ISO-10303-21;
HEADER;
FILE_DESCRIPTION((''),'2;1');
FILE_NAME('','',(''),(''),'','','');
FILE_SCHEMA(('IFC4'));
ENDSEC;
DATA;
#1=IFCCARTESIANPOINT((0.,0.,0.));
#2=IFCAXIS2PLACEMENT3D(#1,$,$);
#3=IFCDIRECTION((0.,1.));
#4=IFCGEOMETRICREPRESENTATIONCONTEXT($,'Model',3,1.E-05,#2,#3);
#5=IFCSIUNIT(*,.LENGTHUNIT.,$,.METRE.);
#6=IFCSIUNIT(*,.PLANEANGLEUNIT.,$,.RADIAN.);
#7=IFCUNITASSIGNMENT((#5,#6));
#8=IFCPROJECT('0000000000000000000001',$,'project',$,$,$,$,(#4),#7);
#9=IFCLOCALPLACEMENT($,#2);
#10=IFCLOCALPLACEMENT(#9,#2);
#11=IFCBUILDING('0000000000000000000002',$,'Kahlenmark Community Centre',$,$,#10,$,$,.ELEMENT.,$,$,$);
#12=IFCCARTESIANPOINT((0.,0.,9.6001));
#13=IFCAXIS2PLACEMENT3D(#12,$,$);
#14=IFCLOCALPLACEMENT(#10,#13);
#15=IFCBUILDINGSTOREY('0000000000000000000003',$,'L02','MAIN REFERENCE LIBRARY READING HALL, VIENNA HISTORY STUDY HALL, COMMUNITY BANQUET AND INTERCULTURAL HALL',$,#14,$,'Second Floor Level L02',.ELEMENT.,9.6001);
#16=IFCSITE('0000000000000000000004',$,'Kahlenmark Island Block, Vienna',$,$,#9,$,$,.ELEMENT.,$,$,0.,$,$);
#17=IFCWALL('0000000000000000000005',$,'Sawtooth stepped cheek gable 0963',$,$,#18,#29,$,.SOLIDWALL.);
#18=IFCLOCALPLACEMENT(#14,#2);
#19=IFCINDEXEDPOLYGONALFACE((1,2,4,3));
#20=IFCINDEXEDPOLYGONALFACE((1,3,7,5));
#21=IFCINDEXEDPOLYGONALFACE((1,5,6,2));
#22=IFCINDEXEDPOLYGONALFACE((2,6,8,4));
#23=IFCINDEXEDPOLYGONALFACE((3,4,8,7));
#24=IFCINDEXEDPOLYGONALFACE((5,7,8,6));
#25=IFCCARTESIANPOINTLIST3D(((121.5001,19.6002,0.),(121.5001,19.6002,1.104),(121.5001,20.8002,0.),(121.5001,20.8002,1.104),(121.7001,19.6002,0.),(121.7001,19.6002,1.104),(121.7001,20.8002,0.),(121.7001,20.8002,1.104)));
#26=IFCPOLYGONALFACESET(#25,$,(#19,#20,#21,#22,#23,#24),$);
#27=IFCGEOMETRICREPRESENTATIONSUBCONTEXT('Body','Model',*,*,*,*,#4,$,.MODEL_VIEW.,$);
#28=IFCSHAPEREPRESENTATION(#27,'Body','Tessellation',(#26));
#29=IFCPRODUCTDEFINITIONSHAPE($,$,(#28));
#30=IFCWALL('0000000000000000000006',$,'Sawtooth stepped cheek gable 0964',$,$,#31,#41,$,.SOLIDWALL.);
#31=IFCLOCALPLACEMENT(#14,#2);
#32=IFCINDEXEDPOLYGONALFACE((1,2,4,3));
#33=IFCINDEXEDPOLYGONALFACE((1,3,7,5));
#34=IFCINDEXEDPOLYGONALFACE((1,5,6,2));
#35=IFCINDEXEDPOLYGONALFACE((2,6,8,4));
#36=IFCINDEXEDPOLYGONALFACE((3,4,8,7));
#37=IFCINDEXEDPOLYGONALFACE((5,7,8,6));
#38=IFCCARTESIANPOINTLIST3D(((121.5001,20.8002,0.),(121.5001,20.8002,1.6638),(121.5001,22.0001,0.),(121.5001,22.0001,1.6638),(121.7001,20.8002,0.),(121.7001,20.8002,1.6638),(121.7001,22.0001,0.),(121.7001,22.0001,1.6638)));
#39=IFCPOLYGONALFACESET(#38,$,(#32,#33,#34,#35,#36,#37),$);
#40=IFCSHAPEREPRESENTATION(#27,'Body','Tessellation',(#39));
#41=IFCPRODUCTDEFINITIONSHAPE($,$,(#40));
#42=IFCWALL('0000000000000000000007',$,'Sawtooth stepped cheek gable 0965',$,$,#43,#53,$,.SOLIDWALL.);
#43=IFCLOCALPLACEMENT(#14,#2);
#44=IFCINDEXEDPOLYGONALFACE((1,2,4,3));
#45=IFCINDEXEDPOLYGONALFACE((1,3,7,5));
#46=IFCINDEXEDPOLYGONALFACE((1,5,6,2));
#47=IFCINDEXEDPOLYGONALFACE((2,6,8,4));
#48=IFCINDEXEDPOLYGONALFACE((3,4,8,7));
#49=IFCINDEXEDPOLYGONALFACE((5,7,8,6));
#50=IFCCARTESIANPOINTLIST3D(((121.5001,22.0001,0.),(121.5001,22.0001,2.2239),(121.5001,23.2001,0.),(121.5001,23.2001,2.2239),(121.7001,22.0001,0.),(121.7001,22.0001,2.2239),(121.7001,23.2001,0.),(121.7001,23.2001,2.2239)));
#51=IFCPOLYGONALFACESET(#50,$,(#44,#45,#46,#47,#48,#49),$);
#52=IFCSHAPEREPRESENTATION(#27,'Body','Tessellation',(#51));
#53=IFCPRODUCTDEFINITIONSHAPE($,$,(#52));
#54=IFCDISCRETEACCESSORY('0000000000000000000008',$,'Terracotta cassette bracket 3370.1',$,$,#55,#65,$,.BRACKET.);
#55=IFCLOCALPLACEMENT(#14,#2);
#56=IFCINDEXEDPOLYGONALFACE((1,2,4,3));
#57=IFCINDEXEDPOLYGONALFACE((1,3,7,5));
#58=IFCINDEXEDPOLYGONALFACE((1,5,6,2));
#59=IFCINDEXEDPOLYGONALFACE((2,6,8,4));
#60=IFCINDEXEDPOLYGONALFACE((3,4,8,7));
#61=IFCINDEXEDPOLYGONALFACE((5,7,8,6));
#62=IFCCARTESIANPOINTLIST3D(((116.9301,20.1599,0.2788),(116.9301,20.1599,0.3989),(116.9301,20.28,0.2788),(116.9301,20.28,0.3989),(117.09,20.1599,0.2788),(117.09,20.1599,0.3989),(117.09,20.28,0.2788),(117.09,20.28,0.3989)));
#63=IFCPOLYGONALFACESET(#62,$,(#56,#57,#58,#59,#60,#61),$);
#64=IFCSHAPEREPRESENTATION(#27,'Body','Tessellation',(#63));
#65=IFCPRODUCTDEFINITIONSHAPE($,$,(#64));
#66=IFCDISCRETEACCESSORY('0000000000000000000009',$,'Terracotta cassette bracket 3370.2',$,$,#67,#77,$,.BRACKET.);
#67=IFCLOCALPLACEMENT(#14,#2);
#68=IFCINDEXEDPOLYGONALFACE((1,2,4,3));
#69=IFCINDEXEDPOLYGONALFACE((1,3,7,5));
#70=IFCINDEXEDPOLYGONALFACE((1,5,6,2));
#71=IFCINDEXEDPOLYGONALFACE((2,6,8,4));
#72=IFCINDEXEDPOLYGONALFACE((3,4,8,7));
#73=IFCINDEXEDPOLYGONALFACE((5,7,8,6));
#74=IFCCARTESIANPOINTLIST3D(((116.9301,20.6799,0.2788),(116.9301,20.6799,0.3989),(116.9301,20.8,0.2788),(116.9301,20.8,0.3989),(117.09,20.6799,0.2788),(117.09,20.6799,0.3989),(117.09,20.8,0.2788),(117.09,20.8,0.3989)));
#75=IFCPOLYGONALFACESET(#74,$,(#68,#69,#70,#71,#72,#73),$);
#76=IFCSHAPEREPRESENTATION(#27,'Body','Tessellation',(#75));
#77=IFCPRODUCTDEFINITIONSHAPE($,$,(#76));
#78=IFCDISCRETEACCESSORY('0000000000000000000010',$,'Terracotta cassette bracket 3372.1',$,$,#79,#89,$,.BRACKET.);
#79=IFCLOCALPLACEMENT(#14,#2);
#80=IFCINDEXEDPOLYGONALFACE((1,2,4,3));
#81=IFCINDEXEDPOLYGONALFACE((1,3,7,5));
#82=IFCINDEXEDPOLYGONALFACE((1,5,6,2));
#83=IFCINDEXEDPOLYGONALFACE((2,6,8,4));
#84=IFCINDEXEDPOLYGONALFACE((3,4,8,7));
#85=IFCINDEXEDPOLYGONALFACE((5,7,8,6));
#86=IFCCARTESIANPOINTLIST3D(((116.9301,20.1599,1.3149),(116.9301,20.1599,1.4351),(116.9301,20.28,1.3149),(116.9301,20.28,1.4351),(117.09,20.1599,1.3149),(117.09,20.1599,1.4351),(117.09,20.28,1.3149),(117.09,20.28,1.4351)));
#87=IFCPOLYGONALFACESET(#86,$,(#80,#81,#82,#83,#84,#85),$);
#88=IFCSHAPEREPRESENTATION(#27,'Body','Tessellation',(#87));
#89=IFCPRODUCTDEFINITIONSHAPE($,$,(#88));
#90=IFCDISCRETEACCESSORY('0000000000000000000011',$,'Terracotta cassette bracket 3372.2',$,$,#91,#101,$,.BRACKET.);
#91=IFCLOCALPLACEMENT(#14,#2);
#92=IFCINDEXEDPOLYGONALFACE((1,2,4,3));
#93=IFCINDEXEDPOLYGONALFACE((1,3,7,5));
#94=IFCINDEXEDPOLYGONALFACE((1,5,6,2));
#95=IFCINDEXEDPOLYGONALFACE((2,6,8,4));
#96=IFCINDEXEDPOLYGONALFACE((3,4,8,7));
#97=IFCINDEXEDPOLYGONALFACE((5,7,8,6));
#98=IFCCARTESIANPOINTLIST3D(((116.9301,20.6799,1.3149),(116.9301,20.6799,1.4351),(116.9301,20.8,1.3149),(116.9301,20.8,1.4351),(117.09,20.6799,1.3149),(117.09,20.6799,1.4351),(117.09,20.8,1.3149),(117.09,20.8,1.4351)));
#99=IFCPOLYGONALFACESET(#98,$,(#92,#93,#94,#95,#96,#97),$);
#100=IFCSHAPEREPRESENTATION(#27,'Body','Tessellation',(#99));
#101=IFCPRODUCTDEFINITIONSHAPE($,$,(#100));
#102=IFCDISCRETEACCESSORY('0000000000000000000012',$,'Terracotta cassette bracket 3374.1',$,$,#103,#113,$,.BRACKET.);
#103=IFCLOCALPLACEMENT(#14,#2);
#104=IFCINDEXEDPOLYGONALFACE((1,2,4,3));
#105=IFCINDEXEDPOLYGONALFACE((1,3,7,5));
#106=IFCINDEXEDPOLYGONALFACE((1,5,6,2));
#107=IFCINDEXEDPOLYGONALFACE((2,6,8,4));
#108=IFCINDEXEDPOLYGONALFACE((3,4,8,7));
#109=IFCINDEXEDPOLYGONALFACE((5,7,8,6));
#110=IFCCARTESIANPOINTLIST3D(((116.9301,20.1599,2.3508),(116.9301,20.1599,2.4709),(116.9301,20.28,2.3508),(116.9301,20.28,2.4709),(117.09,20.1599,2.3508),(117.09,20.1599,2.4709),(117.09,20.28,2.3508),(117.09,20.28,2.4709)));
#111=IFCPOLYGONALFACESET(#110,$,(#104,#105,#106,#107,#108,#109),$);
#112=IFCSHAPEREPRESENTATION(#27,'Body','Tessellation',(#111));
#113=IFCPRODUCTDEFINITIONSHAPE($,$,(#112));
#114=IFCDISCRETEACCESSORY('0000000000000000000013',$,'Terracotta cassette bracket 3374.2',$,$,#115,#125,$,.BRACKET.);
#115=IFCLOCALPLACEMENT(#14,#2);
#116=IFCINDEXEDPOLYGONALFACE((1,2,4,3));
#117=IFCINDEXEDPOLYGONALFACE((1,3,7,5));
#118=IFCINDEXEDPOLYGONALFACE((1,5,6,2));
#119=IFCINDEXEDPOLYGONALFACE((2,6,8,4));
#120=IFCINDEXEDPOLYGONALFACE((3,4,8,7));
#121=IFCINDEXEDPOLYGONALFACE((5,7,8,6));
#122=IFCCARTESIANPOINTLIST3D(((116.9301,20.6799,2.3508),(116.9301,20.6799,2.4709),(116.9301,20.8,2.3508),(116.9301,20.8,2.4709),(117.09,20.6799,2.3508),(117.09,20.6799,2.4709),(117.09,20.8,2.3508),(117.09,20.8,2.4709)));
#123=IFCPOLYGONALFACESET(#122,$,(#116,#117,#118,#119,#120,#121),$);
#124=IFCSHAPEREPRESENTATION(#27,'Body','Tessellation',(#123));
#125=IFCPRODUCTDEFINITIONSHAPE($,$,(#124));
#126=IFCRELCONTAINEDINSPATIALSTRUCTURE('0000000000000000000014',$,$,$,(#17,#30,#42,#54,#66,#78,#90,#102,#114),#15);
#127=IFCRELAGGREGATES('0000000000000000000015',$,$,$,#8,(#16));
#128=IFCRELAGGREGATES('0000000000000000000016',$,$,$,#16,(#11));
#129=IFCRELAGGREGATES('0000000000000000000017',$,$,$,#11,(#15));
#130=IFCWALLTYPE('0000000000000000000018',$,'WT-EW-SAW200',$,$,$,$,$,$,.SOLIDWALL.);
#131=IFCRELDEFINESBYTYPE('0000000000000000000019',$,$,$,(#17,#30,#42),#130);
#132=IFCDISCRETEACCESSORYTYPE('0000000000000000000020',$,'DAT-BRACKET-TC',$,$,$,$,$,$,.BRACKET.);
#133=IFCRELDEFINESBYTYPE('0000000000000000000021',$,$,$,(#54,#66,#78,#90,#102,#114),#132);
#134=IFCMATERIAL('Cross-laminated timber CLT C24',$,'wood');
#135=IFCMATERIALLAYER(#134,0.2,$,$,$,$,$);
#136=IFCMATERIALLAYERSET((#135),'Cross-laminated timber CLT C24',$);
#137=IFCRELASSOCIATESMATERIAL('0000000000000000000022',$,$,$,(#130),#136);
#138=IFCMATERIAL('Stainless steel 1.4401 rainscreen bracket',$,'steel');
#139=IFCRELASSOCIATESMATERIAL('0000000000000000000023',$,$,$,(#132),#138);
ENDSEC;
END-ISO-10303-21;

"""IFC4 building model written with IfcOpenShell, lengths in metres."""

from ifc_helpers import new_model, si_unit, direction, frame, frame_2d, origin, origin_2d, place, context, subcontext, project, spatial, rectangle, extrude, material, layer, layer_set, type_object, element, save


model = new_model("IFC4")

# Units and contexts
model_context = context("Model", 3, precision=1e-05, world=origin(), true_north=direction((0.0, 1.0)))
body_context = subcontext(model_context, "Body", "Model", "MODEL_VIEW")
ifc_project = project(units=[si_unit("LENGTHUNIT", "METRE"), si_unit("PLANEANGLEUNIT", "RADIAN")], contexts=[model_context])

# Site, building, storey
site_placement = place(None, origin())
site = spatial("IfcSite", under=ifc_project, at=site_placement, Name="Kahlenmark Island Block, Vienna", CompositionType="ELEMENT", RefElevation=0.0)
building_placement = place(site_placement, origin())
building = spatial("IfcBuilding", under=site, at=building_placement, Name="Kahlenmark Community Centre", CompositionType="ELEMENT")
storey_placement = place(building_placement, frame((0.0, 0.0, 9.6001)))
storey = spatial("IfcBuildingStorey", under=building, at=storey_placement, Name="L02", Description="MAIN REFERENCE LIBRARY READING HALL, VIENNA HISTORY STUDY HALL, COMMUNITY BANQUET AND INTERCULTURAL HALL", LongName="Second Floor Level L02", CompositionType="ELEMENT", Elevation=9.6001)

# Walls
ifc_material_1 = material(Name="Cross-laminated timber CLT C24", Category="wood")
ifc_layer_1 = layer(ifc_material_1, 0.2)
ifc_layer_set_1 = layer_set([ifc_layer_1], Name="Cross-laminated timber CLT C24")
wall_type = type_object("IfcWallType", Name="WT-EW-SAW200", PredefinedType="SOLIDWALL", material=ifc_layer_set_1)
wall_1_placement = place(storey_placement, frame((121.6001, 19.6001, 0.0), z_axis=(0.0, 0.0, 1.0), x_axis=(0.0, 1.0, 0.0)))
element("IfcWall", 1, at=wall_1_placement, inside=storey, type_object=wall_type, Name="Sawtooth stepped cheek gable 0963", PredefinedType="SOLIDWALL", context=body_context, shape_type="SweptSolid", body=[
    extrude(rectangle(XDim=1.2, YDim=0.2, at=frame_2d((0.6001, 0.0))), origin(), (0.0, 0.0, 1.0), 1.104),
])
wall_2_placement = place(storey_placement, frame((121.6001, 20.8, 0.0), z_axis=(0.0, 0.0, 1.0), x_axis=(0.0, 1.0, 0.0)))
element("IfcWall", 2, at=wall_2_placement, inside=storey, type_object=wall_type, Name="Sawtooth stepped cheek gable 0964", PredefinedType="SOLIDWALL", context=body_context, shape_type="SweptSolid", body=[
    extrude(rectangle(XDim=1.2, YDim=0.2, at=frame_2d((0.6001, 0.0))), origin(), (0.0, 0.0, 1.0), 1.6638),
])
wall_3_placement = place(storey_placement, frame((121.6001, 22.0, 0.0), z_axis=(0.0, 0.0, 1.0), x_axis=(0.0, 1.0, 0.0)))
element("IfcWall", 3, at=wall_3_placement, inside=storey, type_object=wall_type, Name="Sawtooth stepped cheek gable 0965", PredefinedType="SOLIDWALL", context=body_context, shape_type="SweptSolid", body=[
    extrude(rectangle(XDim=1.2, YDim=0.2, at=frame_2d((0.6001, 0.0))), origin(), (0.0, 0.0, 1.0), 2.2239),
])

# Discrete accessories
ifc_material_2 = material(Name="Stainless steel 1.4401 rainscreen bracket", Category="steel")
discrete_accessory_type = type_object("IfcDiscreteAccessoryType", Name="DAT-BRACKET-TC", PredefinedType="BRACKET", material=ifc_material_2)
for number, where, z_axis, x_axis, name in (
    (4, (117.01, 20.22, 0.2788), (0.0, 0.0, 1.0), (0.0, 1.0, 0.0), "Terracotta cassette bracket 3370.1"),
    (5, (117.01, 20.74, 0.2788), (0.0, 0.0, 1.0), (0.0, 1.0, 0.0), "Terracotta cassette bracket 3370.2"),
    (6, (117.01, 20.22, 1.3149), (0.0, 0.0, 1.0), (0.0, 1.0, 0.0), "Terracotta cassette bracket 3372.1"),
    (7, (117.01, 20.74, 1.3149), (0.0, 0.0, 1.0), (0.0, 1.0, 0.0), "Terracotta cassette bracket 3372.2"),
    (8, (117.01, 20.22, 2.3508), (0.0, 0.0, 1.0), (0.0, 1.0, 0.0), "Terracotta cassette bracket 3374.1"),
    (9, (117.01, 20.74, 2.3508), (0.0, 0.0, 1.0), (0.0, 1.0, 0.0), "Terracotta cassette bracket 3374.2"),
):
    element("IfcDiscreteAccessory", number, at=place(storey_placement, frame(where, z_axis=z_axis, x_axis=x_axis)), inside=storey, type_object=discrete_accessory_type, Name=name, PredefinedType="BRACKET", context=body_context, shape_type="SweptSolid", body=[
        extrude(rectangle(XDim=0.1201, YDim=0.1599, at=origin_2d()), origin(), (0.0, 0.0, 1.0), 0.1201),
    ])

save(model, "model.ifc")
